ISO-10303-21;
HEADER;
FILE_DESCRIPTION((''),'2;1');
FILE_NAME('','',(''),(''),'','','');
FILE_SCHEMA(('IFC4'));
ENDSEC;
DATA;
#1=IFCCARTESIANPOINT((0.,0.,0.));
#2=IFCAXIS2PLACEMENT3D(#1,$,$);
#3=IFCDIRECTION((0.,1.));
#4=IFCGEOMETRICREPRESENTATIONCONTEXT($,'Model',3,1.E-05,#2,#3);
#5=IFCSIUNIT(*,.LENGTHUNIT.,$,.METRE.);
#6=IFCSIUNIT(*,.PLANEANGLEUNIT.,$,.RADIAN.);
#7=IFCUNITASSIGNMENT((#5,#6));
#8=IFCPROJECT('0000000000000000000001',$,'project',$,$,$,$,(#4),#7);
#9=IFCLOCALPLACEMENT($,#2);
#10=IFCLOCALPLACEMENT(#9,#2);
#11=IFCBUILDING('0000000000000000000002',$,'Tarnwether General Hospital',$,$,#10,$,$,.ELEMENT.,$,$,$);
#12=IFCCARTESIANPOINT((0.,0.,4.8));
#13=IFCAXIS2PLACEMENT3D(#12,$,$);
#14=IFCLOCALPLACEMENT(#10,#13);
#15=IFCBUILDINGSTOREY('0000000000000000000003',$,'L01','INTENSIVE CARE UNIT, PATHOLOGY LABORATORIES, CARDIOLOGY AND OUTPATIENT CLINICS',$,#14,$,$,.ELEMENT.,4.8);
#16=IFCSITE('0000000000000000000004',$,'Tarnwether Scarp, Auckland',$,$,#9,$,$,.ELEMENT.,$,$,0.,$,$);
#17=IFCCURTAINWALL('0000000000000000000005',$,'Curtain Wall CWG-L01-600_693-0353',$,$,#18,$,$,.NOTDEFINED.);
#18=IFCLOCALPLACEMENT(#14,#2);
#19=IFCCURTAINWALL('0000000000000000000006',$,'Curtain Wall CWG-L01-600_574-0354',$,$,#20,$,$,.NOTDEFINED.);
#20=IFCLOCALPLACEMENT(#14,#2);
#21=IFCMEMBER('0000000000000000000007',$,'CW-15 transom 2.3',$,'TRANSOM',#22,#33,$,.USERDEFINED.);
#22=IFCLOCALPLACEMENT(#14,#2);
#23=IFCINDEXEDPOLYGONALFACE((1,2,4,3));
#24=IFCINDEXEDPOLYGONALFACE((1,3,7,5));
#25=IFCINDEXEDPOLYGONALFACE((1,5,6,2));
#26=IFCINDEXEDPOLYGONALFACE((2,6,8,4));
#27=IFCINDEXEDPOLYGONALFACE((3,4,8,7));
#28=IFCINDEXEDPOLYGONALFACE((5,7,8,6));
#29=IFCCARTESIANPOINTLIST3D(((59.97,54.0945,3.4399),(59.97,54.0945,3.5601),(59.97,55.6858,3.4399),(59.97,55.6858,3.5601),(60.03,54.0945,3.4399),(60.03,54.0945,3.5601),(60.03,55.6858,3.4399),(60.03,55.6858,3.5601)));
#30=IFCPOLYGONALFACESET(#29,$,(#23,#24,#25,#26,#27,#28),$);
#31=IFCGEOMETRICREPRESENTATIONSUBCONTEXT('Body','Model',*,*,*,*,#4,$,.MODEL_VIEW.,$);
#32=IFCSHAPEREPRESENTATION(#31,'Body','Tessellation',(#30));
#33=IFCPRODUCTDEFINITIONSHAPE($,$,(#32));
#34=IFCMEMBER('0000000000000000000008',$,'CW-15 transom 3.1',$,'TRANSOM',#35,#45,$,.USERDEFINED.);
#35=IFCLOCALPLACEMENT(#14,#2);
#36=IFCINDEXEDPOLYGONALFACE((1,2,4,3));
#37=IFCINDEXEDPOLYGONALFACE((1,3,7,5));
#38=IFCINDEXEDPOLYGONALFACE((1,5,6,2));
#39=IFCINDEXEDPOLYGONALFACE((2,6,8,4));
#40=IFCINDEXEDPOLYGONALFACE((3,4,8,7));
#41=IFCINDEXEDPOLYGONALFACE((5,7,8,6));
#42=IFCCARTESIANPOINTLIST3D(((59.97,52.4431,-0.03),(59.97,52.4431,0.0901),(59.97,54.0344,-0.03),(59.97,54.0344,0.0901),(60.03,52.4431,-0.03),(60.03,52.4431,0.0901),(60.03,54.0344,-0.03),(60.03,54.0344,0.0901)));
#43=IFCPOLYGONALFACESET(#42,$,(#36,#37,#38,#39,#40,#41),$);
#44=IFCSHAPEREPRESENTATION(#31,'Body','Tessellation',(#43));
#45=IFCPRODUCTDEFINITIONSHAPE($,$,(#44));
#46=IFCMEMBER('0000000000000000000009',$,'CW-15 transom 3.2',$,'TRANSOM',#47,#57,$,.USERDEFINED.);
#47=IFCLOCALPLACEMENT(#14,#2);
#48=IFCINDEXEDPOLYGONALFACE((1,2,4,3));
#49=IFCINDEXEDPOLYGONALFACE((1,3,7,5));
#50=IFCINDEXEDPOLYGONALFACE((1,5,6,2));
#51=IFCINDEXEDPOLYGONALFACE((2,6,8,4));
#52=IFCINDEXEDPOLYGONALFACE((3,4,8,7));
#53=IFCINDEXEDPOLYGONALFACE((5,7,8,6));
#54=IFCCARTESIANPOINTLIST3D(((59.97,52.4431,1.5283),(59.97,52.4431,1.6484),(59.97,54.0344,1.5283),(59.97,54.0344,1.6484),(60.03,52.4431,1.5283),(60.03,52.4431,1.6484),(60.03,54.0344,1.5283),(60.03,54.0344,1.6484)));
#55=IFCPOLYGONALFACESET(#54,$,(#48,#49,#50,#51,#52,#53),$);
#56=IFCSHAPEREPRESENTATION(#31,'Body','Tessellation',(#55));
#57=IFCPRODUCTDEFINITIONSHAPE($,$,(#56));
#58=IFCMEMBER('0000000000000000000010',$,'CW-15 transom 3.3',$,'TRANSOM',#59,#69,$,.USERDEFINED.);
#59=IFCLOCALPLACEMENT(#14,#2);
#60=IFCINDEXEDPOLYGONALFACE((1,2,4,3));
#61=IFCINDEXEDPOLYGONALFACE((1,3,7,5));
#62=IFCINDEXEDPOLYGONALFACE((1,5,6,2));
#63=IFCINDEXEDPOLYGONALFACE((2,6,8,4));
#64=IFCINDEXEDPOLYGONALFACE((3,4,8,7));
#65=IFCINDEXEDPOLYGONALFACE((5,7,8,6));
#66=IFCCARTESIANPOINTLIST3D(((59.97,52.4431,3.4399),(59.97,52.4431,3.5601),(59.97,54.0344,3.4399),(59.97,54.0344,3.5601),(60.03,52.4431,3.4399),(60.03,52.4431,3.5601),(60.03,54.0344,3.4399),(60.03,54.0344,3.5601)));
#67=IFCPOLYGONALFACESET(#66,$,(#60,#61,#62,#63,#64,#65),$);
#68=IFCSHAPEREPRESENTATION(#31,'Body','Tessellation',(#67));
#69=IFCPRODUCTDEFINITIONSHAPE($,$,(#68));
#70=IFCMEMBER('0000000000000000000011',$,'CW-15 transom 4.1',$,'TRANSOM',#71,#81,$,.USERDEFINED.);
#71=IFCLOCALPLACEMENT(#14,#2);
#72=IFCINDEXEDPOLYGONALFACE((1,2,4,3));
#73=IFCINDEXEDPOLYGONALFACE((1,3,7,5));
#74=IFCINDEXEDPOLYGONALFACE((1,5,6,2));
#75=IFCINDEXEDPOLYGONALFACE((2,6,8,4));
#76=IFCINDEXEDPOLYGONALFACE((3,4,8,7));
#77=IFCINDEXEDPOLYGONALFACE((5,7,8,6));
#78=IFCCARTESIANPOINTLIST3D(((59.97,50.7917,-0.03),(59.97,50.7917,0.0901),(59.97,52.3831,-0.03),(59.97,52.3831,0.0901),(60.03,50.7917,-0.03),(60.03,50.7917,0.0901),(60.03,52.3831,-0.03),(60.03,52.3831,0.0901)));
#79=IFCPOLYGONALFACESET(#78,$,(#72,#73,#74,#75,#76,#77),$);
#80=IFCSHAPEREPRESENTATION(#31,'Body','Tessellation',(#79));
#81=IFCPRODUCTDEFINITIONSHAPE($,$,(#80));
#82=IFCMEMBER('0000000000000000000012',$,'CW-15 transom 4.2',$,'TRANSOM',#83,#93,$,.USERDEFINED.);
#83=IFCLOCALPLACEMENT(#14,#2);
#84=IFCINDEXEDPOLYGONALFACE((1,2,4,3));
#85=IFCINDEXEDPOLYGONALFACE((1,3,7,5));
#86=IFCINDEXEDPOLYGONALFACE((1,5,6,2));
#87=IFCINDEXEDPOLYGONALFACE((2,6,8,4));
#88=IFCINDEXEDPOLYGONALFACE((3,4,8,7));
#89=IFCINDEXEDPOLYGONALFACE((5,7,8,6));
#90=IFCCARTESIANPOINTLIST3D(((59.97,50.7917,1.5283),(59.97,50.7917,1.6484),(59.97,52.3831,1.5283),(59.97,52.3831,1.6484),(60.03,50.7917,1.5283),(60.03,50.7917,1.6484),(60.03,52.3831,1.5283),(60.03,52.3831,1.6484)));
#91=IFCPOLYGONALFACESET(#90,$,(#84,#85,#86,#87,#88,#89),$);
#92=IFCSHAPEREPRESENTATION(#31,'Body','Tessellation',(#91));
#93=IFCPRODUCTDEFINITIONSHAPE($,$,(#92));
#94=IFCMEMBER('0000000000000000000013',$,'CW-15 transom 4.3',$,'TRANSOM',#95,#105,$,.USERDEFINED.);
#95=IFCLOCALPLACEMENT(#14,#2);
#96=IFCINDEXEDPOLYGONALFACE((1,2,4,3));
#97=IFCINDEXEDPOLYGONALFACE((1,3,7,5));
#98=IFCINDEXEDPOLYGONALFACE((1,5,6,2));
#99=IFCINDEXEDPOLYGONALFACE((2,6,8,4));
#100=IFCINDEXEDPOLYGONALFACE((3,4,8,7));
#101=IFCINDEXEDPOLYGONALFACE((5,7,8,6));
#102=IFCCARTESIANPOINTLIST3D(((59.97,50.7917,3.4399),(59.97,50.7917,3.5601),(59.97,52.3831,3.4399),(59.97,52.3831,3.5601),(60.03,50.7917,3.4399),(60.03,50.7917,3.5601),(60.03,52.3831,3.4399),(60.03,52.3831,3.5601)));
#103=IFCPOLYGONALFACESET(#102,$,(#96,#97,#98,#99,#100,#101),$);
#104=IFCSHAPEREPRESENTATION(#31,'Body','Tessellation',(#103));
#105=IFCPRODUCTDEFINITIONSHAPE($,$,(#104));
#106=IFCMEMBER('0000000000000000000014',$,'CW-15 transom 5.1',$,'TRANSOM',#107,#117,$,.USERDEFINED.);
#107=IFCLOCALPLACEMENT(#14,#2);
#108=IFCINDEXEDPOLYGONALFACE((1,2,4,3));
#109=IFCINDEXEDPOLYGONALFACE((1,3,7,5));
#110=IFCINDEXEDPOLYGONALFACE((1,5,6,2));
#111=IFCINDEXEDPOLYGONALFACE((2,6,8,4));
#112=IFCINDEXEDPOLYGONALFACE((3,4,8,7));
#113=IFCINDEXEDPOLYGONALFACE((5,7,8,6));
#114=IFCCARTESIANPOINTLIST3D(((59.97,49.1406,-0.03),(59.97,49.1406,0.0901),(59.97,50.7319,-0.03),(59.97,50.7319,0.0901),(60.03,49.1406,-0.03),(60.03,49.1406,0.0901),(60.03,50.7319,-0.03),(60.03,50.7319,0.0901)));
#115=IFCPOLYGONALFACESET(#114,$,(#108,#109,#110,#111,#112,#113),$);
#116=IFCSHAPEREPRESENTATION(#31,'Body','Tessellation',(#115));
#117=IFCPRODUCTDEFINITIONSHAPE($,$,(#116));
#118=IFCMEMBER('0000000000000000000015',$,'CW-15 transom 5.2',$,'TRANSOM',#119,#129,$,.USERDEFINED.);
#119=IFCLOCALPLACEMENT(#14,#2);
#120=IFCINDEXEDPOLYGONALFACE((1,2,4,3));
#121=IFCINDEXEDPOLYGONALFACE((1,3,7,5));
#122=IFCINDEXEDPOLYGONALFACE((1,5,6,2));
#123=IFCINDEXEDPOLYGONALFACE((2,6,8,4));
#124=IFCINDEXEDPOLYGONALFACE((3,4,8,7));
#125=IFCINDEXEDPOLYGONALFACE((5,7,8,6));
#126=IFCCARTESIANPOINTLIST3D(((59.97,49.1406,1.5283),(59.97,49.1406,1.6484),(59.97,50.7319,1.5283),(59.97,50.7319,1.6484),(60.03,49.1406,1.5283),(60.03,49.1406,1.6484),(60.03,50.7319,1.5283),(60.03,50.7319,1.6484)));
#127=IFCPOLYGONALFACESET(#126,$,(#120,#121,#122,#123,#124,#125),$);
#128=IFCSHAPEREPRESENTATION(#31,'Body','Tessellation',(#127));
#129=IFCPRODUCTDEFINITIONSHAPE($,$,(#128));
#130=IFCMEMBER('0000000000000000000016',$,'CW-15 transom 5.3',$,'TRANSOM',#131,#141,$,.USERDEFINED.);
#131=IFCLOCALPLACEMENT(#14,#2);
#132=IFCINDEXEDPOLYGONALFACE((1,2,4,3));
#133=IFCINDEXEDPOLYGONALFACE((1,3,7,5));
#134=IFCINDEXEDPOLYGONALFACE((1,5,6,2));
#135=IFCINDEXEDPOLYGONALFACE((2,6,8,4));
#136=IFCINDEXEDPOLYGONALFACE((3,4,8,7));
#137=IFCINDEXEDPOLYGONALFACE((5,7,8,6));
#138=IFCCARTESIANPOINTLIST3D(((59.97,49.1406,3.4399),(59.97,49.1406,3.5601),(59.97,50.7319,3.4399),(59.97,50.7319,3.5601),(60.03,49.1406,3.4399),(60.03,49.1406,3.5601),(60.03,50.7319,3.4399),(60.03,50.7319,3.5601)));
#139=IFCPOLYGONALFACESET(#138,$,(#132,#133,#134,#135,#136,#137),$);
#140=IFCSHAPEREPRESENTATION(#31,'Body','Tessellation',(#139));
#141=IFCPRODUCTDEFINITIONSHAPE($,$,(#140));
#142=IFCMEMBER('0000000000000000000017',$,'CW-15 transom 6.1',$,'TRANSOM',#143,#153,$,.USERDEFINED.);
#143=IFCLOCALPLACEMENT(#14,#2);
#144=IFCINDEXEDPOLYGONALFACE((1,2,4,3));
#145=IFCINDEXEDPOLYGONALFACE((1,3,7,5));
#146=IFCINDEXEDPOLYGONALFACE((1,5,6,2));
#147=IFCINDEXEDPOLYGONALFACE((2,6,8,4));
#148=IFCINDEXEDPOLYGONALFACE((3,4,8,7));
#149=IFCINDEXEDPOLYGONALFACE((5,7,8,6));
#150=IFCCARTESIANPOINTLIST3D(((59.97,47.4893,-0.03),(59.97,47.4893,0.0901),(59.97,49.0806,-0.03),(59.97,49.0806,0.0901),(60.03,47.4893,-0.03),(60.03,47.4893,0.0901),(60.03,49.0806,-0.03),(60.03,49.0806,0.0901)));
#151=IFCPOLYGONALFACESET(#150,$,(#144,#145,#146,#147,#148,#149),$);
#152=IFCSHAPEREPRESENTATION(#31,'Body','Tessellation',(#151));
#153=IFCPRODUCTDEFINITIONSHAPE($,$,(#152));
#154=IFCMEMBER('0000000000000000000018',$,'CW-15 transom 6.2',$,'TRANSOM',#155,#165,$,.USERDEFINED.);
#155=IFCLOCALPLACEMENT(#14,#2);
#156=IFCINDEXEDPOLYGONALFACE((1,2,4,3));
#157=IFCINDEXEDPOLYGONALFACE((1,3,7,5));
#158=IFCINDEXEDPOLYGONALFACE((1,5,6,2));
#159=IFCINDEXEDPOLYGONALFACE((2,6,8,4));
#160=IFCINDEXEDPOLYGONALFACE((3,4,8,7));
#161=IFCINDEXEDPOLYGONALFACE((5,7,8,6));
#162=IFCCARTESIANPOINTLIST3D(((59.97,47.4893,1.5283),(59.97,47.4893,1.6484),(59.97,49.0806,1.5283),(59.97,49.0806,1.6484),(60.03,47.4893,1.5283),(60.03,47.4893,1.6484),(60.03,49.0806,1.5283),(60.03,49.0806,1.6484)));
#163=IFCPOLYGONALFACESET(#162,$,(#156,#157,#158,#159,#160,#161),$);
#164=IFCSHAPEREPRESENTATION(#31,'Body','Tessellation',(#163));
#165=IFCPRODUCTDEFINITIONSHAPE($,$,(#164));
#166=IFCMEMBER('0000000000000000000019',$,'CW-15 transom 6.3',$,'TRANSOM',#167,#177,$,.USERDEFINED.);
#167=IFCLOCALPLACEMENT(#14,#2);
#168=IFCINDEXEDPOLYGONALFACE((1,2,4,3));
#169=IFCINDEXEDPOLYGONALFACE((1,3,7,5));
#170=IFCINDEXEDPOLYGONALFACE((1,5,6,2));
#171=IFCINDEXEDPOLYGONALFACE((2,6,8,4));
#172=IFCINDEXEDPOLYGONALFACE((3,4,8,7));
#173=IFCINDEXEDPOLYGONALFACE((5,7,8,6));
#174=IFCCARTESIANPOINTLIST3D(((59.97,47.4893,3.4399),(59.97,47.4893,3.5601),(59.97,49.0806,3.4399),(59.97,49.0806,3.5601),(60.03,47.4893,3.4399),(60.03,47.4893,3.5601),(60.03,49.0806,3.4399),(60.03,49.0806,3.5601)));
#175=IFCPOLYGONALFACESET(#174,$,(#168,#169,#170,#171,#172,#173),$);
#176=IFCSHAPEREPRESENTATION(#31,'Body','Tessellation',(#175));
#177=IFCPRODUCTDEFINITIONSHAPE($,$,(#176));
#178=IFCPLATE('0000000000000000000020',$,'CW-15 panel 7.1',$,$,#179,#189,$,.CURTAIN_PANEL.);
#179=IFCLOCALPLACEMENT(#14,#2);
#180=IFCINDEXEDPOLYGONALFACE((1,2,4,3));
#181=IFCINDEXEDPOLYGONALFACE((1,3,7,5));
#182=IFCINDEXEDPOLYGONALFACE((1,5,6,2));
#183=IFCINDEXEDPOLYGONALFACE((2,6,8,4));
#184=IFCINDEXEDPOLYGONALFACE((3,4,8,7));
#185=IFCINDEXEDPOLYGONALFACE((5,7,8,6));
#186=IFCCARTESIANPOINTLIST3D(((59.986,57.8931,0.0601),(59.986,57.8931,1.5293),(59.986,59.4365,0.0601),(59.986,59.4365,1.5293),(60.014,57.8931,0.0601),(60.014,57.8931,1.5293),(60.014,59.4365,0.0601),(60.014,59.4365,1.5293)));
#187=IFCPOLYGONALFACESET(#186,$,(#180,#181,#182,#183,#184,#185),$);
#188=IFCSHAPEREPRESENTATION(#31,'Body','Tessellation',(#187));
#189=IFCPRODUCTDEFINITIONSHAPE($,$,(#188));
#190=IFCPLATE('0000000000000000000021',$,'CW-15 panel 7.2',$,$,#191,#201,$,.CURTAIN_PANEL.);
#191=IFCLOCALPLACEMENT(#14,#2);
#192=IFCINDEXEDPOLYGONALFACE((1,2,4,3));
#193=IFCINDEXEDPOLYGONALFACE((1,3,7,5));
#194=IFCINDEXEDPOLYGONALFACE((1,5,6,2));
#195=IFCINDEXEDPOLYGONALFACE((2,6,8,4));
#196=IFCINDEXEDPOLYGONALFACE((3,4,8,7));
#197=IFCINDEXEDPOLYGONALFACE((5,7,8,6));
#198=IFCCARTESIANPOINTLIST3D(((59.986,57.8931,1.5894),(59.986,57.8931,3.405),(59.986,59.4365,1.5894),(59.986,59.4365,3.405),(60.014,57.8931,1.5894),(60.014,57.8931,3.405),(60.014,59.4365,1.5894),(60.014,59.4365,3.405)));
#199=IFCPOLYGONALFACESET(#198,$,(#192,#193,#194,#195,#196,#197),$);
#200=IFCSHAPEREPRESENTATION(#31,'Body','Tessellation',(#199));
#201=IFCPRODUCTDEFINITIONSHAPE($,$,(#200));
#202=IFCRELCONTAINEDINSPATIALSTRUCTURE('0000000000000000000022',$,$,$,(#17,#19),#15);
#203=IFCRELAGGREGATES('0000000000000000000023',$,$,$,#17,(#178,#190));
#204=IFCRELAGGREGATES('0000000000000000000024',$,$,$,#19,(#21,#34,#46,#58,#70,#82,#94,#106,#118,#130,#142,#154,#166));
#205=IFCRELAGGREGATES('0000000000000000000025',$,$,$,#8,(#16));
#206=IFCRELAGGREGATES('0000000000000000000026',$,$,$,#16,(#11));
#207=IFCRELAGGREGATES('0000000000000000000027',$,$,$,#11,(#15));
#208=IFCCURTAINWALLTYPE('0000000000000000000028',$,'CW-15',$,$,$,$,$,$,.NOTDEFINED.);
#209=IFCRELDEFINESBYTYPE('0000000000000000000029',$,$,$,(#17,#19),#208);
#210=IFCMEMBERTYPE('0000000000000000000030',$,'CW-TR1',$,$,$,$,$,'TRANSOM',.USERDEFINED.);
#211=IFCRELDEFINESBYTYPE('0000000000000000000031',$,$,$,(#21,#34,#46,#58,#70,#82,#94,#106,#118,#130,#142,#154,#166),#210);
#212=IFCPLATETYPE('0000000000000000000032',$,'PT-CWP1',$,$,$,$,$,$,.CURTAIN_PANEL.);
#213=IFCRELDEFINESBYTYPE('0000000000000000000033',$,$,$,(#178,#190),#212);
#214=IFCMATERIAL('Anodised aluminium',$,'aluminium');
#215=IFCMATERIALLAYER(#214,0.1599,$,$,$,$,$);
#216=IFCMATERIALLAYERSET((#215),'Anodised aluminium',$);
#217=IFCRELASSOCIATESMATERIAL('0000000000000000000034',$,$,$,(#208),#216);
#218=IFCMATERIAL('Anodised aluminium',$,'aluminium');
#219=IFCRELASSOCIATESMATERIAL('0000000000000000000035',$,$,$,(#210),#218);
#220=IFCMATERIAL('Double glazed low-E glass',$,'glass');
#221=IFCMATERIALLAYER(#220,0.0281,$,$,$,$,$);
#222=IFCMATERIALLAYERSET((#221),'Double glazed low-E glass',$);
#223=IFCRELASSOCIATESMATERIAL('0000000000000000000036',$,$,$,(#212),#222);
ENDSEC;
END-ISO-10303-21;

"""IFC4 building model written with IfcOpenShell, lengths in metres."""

from ifc_helpers import new_model, si_unit, direction, frame, origin, origin_2d, place, context, subcontext, project, spatial, rectangle, extrude, material, layer, layer_set, material_profile, profile_set, type_object, element, aggregate, save


model = new_model("IFC4")

# Units and contexts
model_context = context("Model", 3, precision=1e-05, world=origin(), true_north=direction((0.0, 1.0)))
body_context = subcontext(model_context, "Body", "Model", "MODEL_VIEW")
ifc_project = project(units=[si_unit("LENGTHUNIT", "METRE"), si_unit("PLANEANGLEUNIT", "RADIAN")], contexts=[model_context])

# Site, building, storey
site_placement = place(None, origin())
site = spatial("IfcSite", under=ifc_project, at=site_placement, Name="Tarnwether Scarp, Auckland", CompositionType="ELEMENT", RefElevation=0.0)
building_placement = place(site_placement, origin())
building = spatial("IfcBuilding", under=site, at=building_placement, Name="Tarnwether General Hospital", CompositionType="ELEMENT")
storey_placement = place(building_placement, frame((0.0, 0.0, 4.8)))
storey = spatial("IfcBuildingStorey", under=building, at=storey_placement, Name="L01", Description="INTENSIVE CARE UNIT, PATHOLOGY LABORATORIES, CARDIOLOGY AND OUTPATIENT CLINICS", CompositionType="ELEMENT", Elevation=4.8)

# Curtain wall
ifc_material_1 = material(Name="Anodised aluminium", Category="aluminium")
ifc_layer_1 = layer(ifc_material_1, 0.1599)
ifc_layer_set_1 = layer_set([ifc_layer_1], Name="Anodised aluminium")
curtain_wall_type = type_object("IfcCurtainWallType", Name="CW-15", PredefinedType="NOTDEFINED", material=ifc_layer_set_1)
curtain_wall_1_placement = place(storey_placement, origin())
curtain_wall_1 = element("IfcCurtainWall", 1, at=curtain_wall_1_placement, inside=storey, type_object=curtain_wall_type, Name="Curtain Wall CWG-L01-600_693-0353", PredefinedType="NOTDEFINED")

# Curtain wall, members
curtain_wall_2_placement = place(storey_placement, origin())
curtain_wall_2 = element("IfcCurtainWall", 2, at=curtain_wall_2_placement, inside=storey, type_object=curtain_wall_type, Name="Curtain Wall CWG-L01-600_574-0354", PredefinedType="NOTDEFINED")
ifc_material_2 = material(Name="Anodised aluminium", Category="aluminium")
ifc_material_profile_1 = material_profile(ifc_material_2, rectangle(XDim=0.0601, YDim=0.1201, at=origin_2d()), Name="ALU-TRN-60x120")
ifc_profile_set_1 = profile_set([ifc_material_profile_1], Name="Anodised aluminium")
member_type_1 = type_object("IfcMemberType", Name="CW-TR1", ElementType="TRANSOM", PredefinedType="USERDEFINED", material=ifc_profile_set_1)
member_1_placement = place(storey_placement, frame((60.0, 55.6858, 3.5), z_axis=(0.0, -1.0, 0.0), x_axis=(1.0, 0.0, 0.0)))
member_1 = element("IfcMember", 3, at=member_1_placement, type_object=member_type_1, Name="CW-15 transom 2.3", ObjectType="TRANSOM", PredefinedType="USERDEFINED", context=body_context, shape_type="SweptSolid", body=[
    extrude(rectangle(XDim=0.0601, YDim=0.1201, at=origin_2d()), origin(), (0.0, 0.0, 1.0), 1.5913),
])
member_2_placement = place(storey_placement, frame((60.0, 54.0344, 0.03), z_axis=(0.0, -1.0, 0.0), x_axis=(1.0, 0.0, 0.0)))
member_2 = element("IfcMember", 4, at=member_2_placement, type_object=member_type_1, Name="CW-15 transom 3.1", ObjectType="TRANSOM", PredefinedType="USERDEFINED", context=body_context, shape_type="SweptSolid", body=[
    extrude(rectangle(XDim=0.0601, YDim=0.1201, at=origin_2d()), origin(), (0.0, 0.0, 1.0), 1.5913),
])
member_3_placement = place(storey_placement, frame((60.0, 54.0344, 1.5884), z_axis=(0.0, -1.0, 0.0), x_axis=(1.0, 0.0, 0.0)))
member_3 = element("IfcMember", 5, at=member_3_placement, type_object=member_type_1, Name="CW-15 transom 3.2", ObjectType="TRANSOM", PredefinedType="USERDEFINED", context=body_context, shape_type="SweptSolid", body=[
    extrude(rectangle(XDim=0.0601, YDim=0.1201, at=origin_2d()), origin(), (0.0, 0.0, 1.0), 1.5913),
])
member_4_placement = place(storey_placement, frame((60.0, 54.0344, 3.5), z_axis=(0.0, -1.0, 0.0), x_axis=(1.0, 0.0, 0.0)))
member_4 = element("IfcMember", 6, at=member_4_placement, type_object=member_type_1, Name="CW-15 transom 3.3", ObjectType="TRANSOM", PredefinedType="USERDEFINED", context=body_context, shape_type="SweptSolid", body=[
    extrude(rectangle(XDim=0.0601, YDim=0.1201, at=origin_2d()), origin(), (0.0, 0.0, 1.0), 1.5913),
])
member_5_placement = place(storey_placement, frame((60.0, 52.3831, 0.03), z_axis=(0.0, -1.0, 0.0), x_axis=(1.0, 0.0, 0.0)))
member_5 = element("IfcMember", 7, at=member_5_placement, type_object=member_type_1, Name="CW-15 transom 4.1", ObjectType="TRANSOM", PredefinedType="USERDEFINED", context=body_context, shape_type="SweptSolid", body=[
    extrude(rectangle(XDim=0.0601, YDim=0.1201, at=origin_2d()), origin(), (0.0, 0.0, 1.0), 1.5913),
])
member_6_placement = place(storey_placement, frame((60.0, 52.3831, 1.5884), z_axis=(0.0, -1.0, 0.0), x_axis=(1.0, 0.0, 0.0)))
member_6 = element("IfcMember", 8, at=member_6_placement, type_object=member_type_1, Name="CW-15 transom 4.2", ObjectType="TRANSOM", PredefinedType="USERDEFINED", context=body_context, shape_type="SweptSolid", body=[
    extrude(rectangle(XDim=0.0601, YDim=0.1201, at=origin_2d()), origin(), (0.0, 0.0, 1.0), 1.5913),
])
member_7_placement = place(storey_placement, frame((60.0, 52.3831, 3.5), z_axis=(0.0, -1.0, 0.0), x_axis=(1.0, 0.0, 0.0)))
member_7 = element("IfcMember", 9, at=member_7_placement, type_object=member_type_1, Name="CW-15 transom 4.3", ObjectType="TRANSOM", PredefinedType="USERDEFINED", context=body_context, shape_type="SweptSolid", body=[
    extrude(rectangle(XDim=0.0601, YDim=0.1201, at=origin_2d()), origin(), (0.0, 0.0, 1.0), 1.5913),
])
member_8_placement = place(storey_placement, frame((60.0, 50.7319, 0.03), z_axis=(0.0, -1.0, 0.0), x_axis=(1.0, 0.0, 0.0)))
member_8 = element("IfcMember", 10, at=member_8_placement, type_object=member_type_1, Name="CW-15 transom 5.1", ObjectType="TRANSOM", PredefinedType="USERDEFINED", context=body_context, shape_type="SweptSolid", body=[
    extrude(rectangle(XDim=0.0601, YDim=0.1201, at=origin_2d()), origin(), (0.0, 0.0, 1.0), 1.5913),
])
member_9_placement = place(storey_placement, frame((60.0, 50.7319, 1.5884), z_axis=(0.0, -1.0, 0.0), x_axis=(1.0, 0.0, 0.0)))
member_9 = element("IfcMember", 11, at=member_9_placement, type_object=member_type_1, Name="CW-15 transom 5.2", ObjectType="TRANSOM", PredefinedType="USERDEFINED", context=body_context, shape_type="SweptSolid", body=[
    extrude(rectangle(XDim=0.0601, YDim=0.1201, at=origin_2d()), origin(), (0.0, 0.0, 1.0), 1.5913),
])
member_10_placement = place(storey_placement, frame((60.0, 50.7319, 3.5), z_axis=(0.0, -1.0, 0.0), x_axis=(1.0, 0.0, 0.0)))
member_10 = element("IfcMember", 12, at=member_10_placement, type_object=member_type_1, Name="CW-15 transom 5.3", ObjectType="TRANSOM", PredefinedType="USERDEFINED", context=body_context, shape_type="SweptSolid", body=[
    extrude(rectangle(XDim=0.0601, YDim=0.1201, at=origin_2d()), origin(), (0.0, 0.0, 1.0), 1.5913),
])
member_11_placement = place(storey_placement, frame((60.0, 49.0806, 0.03), z_axis=(0.0, -1.0, 0.0), x_axis=(1.0, 0.0, 0.0)))
member_11 = element("IfcMember", 13, at=member_11_placement, type_object=member_type_1, Name="CW-15 transom 6.1", ObjectType="TRANSOM", PredefinedType="USERDEFINED", context=body_context, shape_type="SweptSolid", body=[
    extrude(rectangle(XDim=0.0601, YDim=0.1201, at=origin_2d()), origin(), (0.0, 0.0, 1.0), 1.5913),
])
member_12_placement = place(storey_placement, frame((60.0, 49.0806, 1.5884), z_axis=(0.0, -1.0, 0.0), x_axis=(1.0, 0.0, 0.0)))
member_12 = element("IfcMember", 14, at=member_12_placement, type_object=member_type_1, Name="CW-15 transom 6.2", ObjectType="TRANSOM", PredefinedType="USERDEFINED", context=body_context, shape_type="SweptSolid", body=[
    extrude(rectangle(XDim=0.0601, YDim=0.1201, at=origin_2d()), origin(), (0.0, 0.0, 1.0), 1.5913),
])
member_13_placement = place(storey_placement, frame((60.0, 49.0806, 3.5), z_axis=(0.0, -1.0, 0.0), x_axis=(1.0, 0.0, 0.0)))
member_13 = element("IfcMember", 15, at=member_13_placement, type_object=member_type_1, Name="CW-15 transom 6.3", ObjectType="TRANSOM", PredefinedType="USERDEFINED", context=body_context, shape_type="SweptSolid", body=[
    extrude(rectangle(XDim=0.0601, YDim=0.1201, at=origin_2d()), origin(), (0.0, 0.0, 1.0), 1.5913),
])

# Plates
ifc_material_3 = material(Name="Double glazed low-E glass", Category="glass")
ifc_layer_2 = layer(ifc_material_3, 0.0281)
ifc_layer_set_2 = layer_set([ifc_layer_2], Name="Double glazed low-E glass")
plate_type = type_object("IfcPlateType", Name="PT-CWP1", PredefinedType="CURTAIN_PANEL", material=ifc_layer_set_2)
plate_1_placement = place(storey_placement, frame((60.0, 58.6648, 0.0601), z_axis=(0.0, 0.0, 1.0), x_axis=(0.0, -1.0, 0.0)))
plate_1 = element("IfcPlate", 16, at=plate_1_placement, type_object=plate_type, Name="CW-15 panel 7.1", PredefinedType="CURTAIN_PANEL", context=body_context, shape_type="SweptSolid", body=[
    extrude(rectangle(XDim=1.5435, YDim=0.0281, at=origin_2d()), origin(), (0.0, 0.0, 1.0), 1.4692),
])
plate_2_placement = place(storey_placement, frame((60.0, 58.6648, 1.5894), z_axis=(0.0, 0.0, 1.0), x_axis=(0.0, -1.0, 0.0)))
plate_2 = element("IfcPlate", 17, at=plate_2_placement, type_object=plate_type, Name="CW-15 panel 7.2", PredefinedType="CURTAIN_PANEL", context=body_context, shape_type="SweptSolid", body=[
    extrude(rectangle(XDim=1.5435, YDim=0.0281, at=origin_2d()), origin(), (0.0, 0.0, 1.0), 1.8157),
])
aggregate(curtain_wall_1, [plate_1, plate_2])
aggregate(curtain_wall_2, [member_1, member_2, member_3, member_4, member_5, member_6, member_7, member_8, member_9, member_10, member_11, member_12, member_13])

save(model, "model.ifc")
